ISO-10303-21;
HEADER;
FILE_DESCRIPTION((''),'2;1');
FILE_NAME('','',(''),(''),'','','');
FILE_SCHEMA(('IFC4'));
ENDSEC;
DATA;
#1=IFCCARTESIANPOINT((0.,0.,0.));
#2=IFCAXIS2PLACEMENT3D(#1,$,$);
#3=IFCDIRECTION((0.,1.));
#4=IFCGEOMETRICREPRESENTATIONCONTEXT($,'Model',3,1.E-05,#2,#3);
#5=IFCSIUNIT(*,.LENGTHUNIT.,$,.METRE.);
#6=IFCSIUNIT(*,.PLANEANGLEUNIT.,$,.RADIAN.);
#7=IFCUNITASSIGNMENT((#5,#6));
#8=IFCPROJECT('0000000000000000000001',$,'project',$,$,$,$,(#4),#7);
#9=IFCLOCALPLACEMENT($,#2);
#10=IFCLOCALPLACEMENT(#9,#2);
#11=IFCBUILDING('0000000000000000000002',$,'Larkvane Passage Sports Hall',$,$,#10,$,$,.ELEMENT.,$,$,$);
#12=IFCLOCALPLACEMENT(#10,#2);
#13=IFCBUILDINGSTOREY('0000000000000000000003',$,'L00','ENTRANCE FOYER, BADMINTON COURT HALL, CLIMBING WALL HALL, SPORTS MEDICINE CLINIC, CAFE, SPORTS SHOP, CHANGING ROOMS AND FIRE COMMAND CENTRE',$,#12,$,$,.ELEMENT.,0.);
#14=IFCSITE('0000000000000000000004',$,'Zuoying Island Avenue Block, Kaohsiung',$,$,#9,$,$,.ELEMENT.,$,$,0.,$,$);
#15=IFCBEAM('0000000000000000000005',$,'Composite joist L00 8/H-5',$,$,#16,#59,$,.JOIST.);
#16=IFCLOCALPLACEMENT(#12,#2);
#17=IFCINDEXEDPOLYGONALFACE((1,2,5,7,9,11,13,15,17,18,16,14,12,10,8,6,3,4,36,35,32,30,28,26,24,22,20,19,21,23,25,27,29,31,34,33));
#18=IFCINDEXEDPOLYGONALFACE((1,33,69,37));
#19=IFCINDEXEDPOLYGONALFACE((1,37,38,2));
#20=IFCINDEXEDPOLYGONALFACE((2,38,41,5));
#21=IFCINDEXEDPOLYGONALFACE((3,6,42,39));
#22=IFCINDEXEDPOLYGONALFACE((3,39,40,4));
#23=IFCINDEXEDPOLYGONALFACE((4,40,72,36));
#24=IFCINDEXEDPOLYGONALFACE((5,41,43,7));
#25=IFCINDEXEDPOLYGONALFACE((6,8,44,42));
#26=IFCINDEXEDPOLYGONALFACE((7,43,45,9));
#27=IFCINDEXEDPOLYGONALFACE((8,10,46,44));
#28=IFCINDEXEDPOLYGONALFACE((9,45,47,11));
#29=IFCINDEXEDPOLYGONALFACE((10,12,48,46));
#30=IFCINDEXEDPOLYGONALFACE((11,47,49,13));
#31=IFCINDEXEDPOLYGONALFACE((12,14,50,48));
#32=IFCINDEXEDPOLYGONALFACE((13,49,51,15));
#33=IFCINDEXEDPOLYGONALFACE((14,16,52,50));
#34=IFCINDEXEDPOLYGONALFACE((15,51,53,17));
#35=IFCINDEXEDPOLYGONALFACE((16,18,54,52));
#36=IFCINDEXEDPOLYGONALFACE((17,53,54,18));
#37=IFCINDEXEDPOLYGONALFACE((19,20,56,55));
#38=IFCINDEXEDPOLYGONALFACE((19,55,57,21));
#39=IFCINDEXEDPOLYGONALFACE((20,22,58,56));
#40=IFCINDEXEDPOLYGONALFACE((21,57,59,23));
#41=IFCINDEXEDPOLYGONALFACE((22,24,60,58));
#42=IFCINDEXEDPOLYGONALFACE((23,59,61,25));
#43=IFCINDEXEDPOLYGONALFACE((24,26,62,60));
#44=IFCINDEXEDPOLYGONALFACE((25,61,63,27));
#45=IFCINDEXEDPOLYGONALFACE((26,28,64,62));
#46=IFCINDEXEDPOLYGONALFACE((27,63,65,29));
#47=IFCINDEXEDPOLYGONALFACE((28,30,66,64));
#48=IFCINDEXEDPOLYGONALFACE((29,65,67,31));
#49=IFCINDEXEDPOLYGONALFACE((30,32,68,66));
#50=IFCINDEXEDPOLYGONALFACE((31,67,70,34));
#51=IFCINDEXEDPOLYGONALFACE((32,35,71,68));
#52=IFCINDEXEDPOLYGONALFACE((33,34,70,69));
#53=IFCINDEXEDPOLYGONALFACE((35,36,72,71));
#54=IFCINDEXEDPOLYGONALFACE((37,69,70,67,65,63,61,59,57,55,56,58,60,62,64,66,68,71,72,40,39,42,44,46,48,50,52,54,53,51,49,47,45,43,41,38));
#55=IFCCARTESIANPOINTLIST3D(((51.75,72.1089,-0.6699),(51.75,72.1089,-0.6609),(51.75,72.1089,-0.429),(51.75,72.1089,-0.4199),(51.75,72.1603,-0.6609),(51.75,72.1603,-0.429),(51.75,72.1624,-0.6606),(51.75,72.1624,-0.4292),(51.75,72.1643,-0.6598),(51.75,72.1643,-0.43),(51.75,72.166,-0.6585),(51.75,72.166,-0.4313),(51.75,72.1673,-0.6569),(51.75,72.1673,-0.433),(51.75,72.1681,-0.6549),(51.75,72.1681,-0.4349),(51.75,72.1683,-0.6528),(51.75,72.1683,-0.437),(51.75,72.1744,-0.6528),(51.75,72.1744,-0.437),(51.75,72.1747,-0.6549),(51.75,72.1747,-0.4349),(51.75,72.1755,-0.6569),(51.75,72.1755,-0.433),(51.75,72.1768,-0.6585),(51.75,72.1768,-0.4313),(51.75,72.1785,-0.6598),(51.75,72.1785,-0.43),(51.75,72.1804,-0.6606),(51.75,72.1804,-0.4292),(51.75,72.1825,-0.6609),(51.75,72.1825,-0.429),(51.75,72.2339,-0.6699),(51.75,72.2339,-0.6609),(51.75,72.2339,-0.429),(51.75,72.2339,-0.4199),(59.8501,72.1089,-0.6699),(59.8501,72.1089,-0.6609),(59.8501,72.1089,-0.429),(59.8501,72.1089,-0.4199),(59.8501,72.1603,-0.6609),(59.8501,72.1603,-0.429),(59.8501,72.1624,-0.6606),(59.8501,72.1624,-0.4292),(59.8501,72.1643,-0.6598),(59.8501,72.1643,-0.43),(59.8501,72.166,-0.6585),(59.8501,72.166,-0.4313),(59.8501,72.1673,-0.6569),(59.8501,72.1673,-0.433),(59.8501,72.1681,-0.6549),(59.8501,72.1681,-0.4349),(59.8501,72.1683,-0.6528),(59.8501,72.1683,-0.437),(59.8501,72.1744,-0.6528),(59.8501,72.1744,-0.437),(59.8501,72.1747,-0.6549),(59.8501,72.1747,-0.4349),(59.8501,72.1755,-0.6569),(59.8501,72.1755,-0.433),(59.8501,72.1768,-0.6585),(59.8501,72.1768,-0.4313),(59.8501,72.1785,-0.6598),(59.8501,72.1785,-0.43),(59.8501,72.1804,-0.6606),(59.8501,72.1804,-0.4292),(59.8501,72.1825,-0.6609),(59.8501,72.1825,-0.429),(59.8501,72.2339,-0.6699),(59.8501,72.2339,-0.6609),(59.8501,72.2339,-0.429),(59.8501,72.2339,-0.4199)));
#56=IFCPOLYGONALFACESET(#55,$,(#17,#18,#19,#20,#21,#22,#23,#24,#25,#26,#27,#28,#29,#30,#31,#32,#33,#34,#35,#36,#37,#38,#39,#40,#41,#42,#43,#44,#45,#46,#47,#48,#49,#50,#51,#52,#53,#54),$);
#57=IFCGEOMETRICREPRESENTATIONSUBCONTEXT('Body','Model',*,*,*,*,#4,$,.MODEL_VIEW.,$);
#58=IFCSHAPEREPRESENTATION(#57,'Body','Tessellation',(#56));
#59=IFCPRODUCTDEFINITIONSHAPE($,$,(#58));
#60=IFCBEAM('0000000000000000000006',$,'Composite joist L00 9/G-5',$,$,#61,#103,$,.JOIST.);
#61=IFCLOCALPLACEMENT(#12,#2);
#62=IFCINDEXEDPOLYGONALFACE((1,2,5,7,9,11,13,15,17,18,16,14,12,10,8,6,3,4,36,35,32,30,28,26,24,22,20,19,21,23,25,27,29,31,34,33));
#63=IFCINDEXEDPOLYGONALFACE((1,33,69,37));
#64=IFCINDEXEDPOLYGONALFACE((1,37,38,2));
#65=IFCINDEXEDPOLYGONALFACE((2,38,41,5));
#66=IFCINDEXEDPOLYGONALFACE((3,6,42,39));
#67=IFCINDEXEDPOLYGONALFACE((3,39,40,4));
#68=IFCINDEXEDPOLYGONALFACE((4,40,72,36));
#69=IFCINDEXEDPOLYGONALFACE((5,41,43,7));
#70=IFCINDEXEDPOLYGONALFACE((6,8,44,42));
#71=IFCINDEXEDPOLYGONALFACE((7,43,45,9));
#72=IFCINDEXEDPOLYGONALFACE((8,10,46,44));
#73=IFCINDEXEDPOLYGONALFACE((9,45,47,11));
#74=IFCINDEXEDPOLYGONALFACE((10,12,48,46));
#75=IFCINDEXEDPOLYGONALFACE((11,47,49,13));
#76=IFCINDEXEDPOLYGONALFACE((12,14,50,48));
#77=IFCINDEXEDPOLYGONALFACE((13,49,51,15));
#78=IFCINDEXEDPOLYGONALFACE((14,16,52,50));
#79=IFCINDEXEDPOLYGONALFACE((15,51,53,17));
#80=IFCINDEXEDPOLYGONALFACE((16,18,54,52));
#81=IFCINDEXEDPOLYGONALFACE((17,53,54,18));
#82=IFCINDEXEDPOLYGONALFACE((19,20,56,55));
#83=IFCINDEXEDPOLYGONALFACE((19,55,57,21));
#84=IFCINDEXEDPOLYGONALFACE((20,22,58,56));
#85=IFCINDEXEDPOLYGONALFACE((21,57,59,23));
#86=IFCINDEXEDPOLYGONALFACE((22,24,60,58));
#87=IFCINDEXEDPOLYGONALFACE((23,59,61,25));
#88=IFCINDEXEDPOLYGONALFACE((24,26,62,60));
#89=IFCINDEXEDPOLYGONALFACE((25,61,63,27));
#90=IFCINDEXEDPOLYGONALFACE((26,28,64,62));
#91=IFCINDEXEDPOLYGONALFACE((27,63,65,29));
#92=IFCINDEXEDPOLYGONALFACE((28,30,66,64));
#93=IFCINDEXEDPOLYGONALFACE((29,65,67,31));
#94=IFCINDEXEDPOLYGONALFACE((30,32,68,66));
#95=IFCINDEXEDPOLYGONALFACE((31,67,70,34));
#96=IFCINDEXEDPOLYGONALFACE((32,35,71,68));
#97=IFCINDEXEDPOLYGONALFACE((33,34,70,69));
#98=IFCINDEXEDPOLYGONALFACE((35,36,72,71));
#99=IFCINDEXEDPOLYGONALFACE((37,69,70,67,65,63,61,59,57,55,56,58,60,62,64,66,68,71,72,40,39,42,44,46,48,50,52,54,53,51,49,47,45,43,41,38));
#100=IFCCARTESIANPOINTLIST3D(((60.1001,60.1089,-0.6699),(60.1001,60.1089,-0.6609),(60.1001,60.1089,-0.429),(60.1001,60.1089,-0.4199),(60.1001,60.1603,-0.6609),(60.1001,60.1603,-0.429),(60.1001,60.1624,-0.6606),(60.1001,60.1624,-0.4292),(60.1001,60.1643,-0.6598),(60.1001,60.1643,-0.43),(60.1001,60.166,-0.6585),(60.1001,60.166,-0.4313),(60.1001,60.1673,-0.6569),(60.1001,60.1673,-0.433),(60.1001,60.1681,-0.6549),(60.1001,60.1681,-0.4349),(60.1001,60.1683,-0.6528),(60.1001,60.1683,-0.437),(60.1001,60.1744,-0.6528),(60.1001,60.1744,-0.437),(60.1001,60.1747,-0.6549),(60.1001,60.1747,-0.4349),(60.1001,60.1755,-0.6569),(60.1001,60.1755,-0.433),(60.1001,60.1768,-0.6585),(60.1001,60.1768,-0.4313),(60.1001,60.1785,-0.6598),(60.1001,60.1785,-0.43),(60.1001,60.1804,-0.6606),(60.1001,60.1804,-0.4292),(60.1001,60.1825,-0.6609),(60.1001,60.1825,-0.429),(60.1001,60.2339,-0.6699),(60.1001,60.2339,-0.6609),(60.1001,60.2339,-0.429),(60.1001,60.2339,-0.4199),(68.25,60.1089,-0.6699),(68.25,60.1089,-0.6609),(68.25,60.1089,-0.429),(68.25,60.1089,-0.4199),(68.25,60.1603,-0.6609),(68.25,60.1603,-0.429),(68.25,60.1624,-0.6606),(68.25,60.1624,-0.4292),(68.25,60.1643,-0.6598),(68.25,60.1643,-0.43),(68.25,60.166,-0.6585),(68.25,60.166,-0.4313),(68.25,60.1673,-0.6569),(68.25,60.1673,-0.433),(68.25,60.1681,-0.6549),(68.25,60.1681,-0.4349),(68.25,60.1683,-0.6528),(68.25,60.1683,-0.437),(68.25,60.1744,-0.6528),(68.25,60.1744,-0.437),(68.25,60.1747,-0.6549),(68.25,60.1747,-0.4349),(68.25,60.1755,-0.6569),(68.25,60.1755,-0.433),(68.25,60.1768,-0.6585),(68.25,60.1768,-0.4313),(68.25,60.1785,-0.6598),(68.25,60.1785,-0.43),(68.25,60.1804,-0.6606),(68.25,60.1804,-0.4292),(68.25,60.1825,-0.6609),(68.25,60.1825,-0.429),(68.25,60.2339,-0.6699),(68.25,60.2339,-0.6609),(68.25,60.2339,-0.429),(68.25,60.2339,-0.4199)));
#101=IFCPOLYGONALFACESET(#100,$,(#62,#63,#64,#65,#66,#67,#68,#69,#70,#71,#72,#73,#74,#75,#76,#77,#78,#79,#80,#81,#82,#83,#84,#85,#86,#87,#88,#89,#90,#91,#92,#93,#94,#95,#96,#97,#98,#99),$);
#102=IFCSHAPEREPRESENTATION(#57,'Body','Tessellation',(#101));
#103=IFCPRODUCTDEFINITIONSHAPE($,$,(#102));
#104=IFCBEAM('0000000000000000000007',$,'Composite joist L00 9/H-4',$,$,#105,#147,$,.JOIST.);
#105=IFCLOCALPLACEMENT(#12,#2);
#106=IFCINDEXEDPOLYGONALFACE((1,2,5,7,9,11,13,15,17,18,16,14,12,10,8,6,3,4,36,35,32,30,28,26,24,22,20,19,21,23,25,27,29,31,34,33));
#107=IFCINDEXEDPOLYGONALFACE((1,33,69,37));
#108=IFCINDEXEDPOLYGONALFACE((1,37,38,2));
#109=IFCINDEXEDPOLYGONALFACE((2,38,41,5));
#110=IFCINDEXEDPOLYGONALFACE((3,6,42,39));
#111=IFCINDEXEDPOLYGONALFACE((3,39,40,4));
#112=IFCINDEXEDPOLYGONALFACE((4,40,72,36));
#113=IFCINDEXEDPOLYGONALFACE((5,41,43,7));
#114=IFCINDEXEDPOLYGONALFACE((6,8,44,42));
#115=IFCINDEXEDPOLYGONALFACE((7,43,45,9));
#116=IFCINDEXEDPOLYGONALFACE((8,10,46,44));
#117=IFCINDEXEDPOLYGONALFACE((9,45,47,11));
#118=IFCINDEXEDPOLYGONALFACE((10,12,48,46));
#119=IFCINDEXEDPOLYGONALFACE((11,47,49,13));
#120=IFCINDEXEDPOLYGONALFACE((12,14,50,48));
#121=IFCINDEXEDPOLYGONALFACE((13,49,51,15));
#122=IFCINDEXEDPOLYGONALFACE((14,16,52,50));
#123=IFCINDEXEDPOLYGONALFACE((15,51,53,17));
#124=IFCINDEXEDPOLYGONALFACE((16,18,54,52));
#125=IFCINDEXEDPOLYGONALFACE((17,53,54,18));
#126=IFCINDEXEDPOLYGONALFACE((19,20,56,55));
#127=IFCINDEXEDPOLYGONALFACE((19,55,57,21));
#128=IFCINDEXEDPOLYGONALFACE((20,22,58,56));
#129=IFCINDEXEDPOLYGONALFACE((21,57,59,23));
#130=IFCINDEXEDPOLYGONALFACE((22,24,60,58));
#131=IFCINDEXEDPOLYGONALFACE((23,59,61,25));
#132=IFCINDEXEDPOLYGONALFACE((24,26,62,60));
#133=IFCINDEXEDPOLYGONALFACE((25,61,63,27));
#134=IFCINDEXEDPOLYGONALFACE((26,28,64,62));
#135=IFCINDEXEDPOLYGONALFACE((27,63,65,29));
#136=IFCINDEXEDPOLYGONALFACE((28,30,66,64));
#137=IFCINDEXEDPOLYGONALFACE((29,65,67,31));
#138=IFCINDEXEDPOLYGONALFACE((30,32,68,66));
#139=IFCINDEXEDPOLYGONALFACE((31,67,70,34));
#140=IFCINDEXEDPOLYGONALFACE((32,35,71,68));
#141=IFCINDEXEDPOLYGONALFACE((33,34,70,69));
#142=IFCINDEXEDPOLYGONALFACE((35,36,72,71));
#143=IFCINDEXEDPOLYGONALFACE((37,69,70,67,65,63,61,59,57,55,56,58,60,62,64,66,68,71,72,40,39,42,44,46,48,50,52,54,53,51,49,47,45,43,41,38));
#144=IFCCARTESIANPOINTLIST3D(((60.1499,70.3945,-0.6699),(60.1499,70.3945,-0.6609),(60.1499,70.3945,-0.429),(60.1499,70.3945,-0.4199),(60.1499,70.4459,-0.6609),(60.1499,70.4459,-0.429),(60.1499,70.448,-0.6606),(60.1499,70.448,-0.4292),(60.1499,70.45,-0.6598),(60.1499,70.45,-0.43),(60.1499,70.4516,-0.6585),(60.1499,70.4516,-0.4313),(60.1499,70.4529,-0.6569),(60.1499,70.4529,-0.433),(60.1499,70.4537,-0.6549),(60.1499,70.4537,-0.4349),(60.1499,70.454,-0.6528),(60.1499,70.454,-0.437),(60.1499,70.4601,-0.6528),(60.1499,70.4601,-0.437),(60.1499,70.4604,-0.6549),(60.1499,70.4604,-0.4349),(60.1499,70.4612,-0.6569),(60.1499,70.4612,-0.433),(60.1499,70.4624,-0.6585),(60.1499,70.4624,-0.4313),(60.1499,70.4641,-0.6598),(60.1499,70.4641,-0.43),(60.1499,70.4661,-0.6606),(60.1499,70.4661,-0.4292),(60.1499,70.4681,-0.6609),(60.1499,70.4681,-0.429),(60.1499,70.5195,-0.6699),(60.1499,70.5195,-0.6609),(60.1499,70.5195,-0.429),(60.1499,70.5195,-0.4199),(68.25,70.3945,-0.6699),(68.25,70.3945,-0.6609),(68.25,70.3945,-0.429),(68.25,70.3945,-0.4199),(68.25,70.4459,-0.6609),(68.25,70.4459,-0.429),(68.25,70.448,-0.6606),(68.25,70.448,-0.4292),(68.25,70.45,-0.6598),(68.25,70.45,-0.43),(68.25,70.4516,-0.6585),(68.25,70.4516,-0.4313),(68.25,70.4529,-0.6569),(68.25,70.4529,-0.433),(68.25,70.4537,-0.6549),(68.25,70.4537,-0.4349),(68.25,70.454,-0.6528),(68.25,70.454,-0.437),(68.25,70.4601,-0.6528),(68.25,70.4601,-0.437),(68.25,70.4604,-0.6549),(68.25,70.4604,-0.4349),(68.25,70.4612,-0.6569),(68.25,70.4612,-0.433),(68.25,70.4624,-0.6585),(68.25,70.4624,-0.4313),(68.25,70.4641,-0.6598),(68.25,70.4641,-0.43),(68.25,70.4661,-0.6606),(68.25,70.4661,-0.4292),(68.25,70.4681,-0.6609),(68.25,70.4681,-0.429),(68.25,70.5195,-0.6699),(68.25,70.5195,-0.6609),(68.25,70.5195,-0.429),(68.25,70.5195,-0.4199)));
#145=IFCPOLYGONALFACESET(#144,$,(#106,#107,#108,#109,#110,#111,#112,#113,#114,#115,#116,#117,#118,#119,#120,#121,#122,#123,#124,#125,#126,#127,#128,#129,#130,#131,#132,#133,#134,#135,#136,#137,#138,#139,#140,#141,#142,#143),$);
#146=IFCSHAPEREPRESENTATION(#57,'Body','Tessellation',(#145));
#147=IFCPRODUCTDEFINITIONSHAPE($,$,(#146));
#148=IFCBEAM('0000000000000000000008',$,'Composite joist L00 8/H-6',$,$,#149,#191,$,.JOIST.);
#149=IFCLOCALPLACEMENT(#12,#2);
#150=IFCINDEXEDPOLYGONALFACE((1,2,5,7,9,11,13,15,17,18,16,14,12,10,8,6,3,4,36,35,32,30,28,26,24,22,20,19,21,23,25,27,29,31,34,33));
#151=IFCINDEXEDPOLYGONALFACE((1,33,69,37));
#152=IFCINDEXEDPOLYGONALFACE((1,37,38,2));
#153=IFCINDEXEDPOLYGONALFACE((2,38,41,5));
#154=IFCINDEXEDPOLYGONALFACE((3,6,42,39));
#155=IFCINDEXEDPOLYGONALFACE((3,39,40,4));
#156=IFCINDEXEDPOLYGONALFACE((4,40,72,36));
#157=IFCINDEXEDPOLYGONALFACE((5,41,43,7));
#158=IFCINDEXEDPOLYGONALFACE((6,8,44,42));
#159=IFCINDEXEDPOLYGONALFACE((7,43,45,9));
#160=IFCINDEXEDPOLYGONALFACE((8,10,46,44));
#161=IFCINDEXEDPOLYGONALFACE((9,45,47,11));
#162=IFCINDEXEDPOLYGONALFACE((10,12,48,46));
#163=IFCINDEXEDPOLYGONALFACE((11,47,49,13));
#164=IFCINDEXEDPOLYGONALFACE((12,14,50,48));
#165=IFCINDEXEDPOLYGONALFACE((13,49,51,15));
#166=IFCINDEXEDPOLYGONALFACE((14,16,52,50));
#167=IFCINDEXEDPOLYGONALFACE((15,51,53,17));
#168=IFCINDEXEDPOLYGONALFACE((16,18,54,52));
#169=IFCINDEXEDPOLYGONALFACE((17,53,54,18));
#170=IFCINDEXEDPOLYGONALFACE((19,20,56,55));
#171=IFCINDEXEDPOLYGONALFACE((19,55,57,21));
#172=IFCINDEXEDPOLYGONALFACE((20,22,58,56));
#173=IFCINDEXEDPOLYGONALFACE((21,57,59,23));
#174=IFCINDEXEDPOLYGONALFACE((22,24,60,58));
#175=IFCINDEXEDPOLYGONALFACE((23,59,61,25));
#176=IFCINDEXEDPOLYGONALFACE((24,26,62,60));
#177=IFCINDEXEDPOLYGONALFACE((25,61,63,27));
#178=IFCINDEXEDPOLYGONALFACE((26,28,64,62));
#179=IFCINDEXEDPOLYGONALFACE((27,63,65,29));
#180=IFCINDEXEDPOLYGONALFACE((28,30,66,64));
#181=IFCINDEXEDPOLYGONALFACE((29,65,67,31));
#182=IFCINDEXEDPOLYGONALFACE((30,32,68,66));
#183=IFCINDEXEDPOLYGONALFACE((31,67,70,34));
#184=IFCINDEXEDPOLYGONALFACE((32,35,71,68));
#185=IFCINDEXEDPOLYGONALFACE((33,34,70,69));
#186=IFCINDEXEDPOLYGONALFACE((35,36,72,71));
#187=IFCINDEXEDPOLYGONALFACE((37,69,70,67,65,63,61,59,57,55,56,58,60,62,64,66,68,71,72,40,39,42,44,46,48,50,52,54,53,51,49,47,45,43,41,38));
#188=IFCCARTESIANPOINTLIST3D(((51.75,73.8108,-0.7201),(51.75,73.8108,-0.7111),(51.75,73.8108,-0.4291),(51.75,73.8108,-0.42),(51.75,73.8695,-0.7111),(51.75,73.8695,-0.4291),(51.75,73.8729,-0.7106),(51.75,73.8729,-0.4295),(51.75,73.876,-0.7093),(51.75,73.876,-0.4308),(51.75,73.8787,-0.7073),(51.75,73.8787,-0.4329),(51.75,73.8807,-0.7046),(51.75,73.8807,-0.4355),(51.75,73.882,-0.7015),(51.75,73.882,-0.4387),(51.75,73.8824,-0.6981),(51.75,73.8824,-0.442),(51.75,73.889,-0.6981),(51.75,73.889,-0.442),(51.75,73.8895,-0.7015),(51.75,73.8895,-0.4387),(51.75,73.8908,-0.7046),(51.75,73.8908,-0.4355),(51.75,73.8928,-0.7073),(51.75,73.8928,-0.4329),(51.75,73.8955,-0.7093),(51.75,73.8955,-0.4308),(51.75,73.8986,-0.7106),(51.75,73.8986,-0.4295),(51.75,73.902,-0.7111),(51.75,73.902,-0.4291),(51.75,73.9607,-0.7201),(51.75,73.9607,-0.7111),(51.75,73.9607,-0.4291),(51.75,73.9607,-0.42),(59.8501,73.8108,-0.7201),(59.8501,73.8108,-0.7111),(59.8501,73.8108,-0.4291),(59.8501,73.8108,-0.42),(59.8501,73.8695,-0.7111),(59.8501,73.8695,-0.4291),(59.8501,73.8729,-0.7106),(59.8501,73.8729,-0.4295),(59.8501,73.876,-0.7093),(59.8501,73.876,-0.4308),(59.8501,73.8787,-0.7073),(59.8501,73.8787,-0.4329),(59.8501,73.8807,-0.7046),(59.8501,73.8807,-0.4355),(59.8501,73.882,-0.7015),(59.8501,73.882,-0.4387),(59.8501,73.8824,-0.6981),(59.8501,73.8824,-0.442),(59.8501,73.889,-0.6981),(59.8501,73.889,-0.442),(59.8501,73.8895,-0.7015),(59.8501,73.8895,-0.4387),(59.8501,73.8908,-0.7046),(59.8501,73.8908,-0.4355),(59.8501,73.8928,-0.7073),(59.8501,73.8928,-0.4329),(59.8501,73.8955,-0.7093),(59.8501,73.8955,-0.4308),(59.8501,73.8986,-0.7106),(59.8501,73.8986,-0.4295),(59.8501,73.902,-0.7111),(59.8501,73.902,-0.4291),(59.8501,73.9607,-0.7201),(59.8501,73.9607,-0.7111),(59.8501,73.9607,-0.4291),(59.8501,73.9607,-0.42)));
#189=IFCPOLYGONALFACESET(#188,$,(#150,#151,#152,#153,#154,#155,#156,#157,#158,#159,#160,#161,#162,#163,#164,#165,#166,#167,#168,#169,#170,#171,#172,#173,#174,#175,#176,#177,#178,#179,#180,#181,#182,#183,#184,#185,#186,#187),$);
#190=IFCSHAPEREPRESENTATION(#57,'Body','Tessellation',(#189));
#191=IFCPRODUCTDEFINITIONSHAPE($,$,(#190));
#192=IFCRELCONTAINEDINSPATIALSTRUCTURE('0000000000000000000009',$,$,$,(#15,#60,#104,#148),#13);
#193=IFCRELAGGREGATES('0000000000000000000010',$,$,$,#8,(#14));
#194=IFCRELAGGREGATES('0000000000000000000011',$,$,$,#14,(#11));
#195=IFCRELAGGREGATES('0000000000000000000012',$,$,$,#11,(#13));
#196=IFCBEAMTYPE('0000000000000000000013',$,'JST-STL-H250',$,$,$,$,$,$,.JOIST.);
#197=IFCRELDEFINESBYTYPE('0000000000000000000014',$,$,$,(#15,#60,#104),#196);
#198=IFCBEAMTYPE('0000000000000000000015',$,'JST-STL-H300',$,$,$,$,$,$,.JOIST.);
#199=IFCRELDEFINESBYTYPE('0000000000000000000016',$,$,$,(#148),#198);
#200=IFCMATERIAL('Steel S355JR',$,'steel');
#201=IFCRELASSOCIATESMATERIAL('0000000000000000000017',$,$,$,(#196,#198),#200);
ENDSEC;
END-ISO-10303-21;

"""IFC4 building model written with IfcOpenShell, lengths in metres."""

from ifc_helpers import new_model, si_unit, direction, frame, origin, origin_2d, place, context, subcontext, project, spatial, i_section, extrude, material, material_profile, profile_set, type_object, element, save


model = new_model("IFC4")

# Units and contexts
model_context = context("Model", 3, precision=1e-05, world=origin(), true_north=direction((0.0, 1.0)))
body_context = subcontext(model_context, "Body", "Model", "MODEL_VIEW")
ifc_project = project(units=[si_unit("LENGTHUNIT", "METRE"), si_unit("PLANEANGLEUNIT", "RADIAN")], contexts=[model_context])

# Site, building, storey
site_placement = place(None, origin())
site = spatial("IfcSite", under=ifc_project, at=site_placement, Name="Zuoying Island Avenue Block, Kaohsiung", CompositionType="ELEMENT", RefElevation=0.0)
building_placement = place(site_placement, origin())
building = spatial("IfcBuilding", under=site, at=building_placement, Name="Larkvane Passage Sports Hall", CompositionType="ELEMENT")
storey_placement = place(building_placement, origin())
storey = spatial("IfcBuildingStorey", under=building, at=storey_placement, Name="L00", Description="ENTRANCE FOYER, BADMINTON COURT HALL, CLIMBING WALL HALL, SPORTS MEDICINE CLINIC, CAFE, SPORTS SHOP, CHANGING ROOMS AND FIRE COMMAND CENTRE", CompositionType="ELEMENT", Elevation=0.0)

# Beams
ifc_material_1 = material(Name="Steel S355JR", Category="steel")
ifc_material_profile_1 = material_profile(ifc_material_1, i_section(OverallWidth=0.125, OverallDepth=0.25, WebThickness=0.0061, FlangeThickness=0.009, FilletRadius=0.0081, at=origin_2d()), Name="H-250x125x6x9")
ifc_profile_set_1 = profile_set([ifc_material_profile_1], Name="Steel S355JR")
beam_type_1 = type_object("IfcBeamType", Name="JST-STL-H250", PredefinedType="JOIST", material=ifc_profile_set_1)
beam_1_placement = place(storey_placement, frame((51.75, 72.1714, -0.5449), z_axis=(1.0, 0.0, 0.0), x_axis=(0.0, 1.0, 0.0)))
element("IfcBeam", 1, at=beam_1_placement, inside=storey, type_object=beam_type_1, Name="Composite joist L00 8/H-5", PredefinedType="JOIST", context=body_context, shape_type="SweptSolid", body=[
    extrude(i_section(OverallWidth=0.125, OverallDepth=0.25, WebThickness=0.0061, FlangeThickness=0.009, FilletRadius=0.0081, at=origin_2d()), origin(), (0.0, 0.0, 1.0), 8.1001),
])
beam_2_placement = place(storey_placement, frame((60.1001, 60.1714, -0.5449), z_axis=(1.0, 0.0, 0.0), x_axis=(0.0, 1.0, 0.0)))
element("IfcBeam", 2, at=beam_2_placement, inside=storey, type_object=beam_type_1, Name="Composite joist L00 9/G-5", PredefinedType="JOIST", context=body_context, shape_type="SweptSolid", body=[
    extrude(i_section(OverallWidth=0.125, OverallDepth=0.25, WebThickness=0.0061, FlangeThickness=0.009, FilletRadius=0.0081, at=origin_2d()), origin(), (0.0, 0.0, 1.0), 8.1499),
])
beam_3_placement = place(storey_placement, frame((60.1499, 70.457, -0.5449), z_axis=(1.0, 0.0, 0.0), x_axis=(0.0, 1.0, 0.0)))
element("IfcBeam", 3, at=beam_3_placement, inside=storey, type_object=beam_type_1, Name="Composite joist L00 9/H-4", PredefinedType="JOIST", context=body_context, shape_type="SweptSolid", body=[
    extrude(i_section(OverallWidth=0.125, OverallDepth=0.25, WebThickness=0.0061, FlangeThickness=0.009, FilletRadius=0.0081, at=origin_2d()), origin(), (0.0, 0.0, 1.0), 8.1001),
])
ifc_material_profile_2 = material_profile(ifc_material_1, i_section(OverallWidth=0.1499, OverallDepth=0.3, WebThickness=0.0066, FlangeThickness=0.009, FilletRadius=0.0129, at=origin_2d()), Name="H-300x150x6.5x9")
ifc_profile_set_2 = profile_set([ifc_material_profile_2], Name="Steel S355JR")
beam_type_2 = type_object("IfcBeamType", Name="JST-STL-H300", PredefinedType="JOIST", material=ifc_profile_set_2)
beam_4_placement = place(storey_placement, frame((51.75, 73.8857, -0.5701), z_axis=(1.0, 0.0, 0.0), x_axis=(0.0, 1.0, 0.0)))
element("IfcBeam", 4, at=beam_4_placement, inside=storey, type_object=beam_type_2, Name="Composite joist L00 8/H-6", PredefinedType="JOIST", context=body_context, shape_type="SweptSolid", body=[
    extrude(i_section(OverallWidth=0.1499, OverallDepth=0.3, WebThickness=0.0066, FlangeThickness=0.009, FilletRadius=0.0129, at=origin_2d()), origin(), (0.0, 0.0, 1.0), 8.1001),
])

save(model, "model.ifc")
